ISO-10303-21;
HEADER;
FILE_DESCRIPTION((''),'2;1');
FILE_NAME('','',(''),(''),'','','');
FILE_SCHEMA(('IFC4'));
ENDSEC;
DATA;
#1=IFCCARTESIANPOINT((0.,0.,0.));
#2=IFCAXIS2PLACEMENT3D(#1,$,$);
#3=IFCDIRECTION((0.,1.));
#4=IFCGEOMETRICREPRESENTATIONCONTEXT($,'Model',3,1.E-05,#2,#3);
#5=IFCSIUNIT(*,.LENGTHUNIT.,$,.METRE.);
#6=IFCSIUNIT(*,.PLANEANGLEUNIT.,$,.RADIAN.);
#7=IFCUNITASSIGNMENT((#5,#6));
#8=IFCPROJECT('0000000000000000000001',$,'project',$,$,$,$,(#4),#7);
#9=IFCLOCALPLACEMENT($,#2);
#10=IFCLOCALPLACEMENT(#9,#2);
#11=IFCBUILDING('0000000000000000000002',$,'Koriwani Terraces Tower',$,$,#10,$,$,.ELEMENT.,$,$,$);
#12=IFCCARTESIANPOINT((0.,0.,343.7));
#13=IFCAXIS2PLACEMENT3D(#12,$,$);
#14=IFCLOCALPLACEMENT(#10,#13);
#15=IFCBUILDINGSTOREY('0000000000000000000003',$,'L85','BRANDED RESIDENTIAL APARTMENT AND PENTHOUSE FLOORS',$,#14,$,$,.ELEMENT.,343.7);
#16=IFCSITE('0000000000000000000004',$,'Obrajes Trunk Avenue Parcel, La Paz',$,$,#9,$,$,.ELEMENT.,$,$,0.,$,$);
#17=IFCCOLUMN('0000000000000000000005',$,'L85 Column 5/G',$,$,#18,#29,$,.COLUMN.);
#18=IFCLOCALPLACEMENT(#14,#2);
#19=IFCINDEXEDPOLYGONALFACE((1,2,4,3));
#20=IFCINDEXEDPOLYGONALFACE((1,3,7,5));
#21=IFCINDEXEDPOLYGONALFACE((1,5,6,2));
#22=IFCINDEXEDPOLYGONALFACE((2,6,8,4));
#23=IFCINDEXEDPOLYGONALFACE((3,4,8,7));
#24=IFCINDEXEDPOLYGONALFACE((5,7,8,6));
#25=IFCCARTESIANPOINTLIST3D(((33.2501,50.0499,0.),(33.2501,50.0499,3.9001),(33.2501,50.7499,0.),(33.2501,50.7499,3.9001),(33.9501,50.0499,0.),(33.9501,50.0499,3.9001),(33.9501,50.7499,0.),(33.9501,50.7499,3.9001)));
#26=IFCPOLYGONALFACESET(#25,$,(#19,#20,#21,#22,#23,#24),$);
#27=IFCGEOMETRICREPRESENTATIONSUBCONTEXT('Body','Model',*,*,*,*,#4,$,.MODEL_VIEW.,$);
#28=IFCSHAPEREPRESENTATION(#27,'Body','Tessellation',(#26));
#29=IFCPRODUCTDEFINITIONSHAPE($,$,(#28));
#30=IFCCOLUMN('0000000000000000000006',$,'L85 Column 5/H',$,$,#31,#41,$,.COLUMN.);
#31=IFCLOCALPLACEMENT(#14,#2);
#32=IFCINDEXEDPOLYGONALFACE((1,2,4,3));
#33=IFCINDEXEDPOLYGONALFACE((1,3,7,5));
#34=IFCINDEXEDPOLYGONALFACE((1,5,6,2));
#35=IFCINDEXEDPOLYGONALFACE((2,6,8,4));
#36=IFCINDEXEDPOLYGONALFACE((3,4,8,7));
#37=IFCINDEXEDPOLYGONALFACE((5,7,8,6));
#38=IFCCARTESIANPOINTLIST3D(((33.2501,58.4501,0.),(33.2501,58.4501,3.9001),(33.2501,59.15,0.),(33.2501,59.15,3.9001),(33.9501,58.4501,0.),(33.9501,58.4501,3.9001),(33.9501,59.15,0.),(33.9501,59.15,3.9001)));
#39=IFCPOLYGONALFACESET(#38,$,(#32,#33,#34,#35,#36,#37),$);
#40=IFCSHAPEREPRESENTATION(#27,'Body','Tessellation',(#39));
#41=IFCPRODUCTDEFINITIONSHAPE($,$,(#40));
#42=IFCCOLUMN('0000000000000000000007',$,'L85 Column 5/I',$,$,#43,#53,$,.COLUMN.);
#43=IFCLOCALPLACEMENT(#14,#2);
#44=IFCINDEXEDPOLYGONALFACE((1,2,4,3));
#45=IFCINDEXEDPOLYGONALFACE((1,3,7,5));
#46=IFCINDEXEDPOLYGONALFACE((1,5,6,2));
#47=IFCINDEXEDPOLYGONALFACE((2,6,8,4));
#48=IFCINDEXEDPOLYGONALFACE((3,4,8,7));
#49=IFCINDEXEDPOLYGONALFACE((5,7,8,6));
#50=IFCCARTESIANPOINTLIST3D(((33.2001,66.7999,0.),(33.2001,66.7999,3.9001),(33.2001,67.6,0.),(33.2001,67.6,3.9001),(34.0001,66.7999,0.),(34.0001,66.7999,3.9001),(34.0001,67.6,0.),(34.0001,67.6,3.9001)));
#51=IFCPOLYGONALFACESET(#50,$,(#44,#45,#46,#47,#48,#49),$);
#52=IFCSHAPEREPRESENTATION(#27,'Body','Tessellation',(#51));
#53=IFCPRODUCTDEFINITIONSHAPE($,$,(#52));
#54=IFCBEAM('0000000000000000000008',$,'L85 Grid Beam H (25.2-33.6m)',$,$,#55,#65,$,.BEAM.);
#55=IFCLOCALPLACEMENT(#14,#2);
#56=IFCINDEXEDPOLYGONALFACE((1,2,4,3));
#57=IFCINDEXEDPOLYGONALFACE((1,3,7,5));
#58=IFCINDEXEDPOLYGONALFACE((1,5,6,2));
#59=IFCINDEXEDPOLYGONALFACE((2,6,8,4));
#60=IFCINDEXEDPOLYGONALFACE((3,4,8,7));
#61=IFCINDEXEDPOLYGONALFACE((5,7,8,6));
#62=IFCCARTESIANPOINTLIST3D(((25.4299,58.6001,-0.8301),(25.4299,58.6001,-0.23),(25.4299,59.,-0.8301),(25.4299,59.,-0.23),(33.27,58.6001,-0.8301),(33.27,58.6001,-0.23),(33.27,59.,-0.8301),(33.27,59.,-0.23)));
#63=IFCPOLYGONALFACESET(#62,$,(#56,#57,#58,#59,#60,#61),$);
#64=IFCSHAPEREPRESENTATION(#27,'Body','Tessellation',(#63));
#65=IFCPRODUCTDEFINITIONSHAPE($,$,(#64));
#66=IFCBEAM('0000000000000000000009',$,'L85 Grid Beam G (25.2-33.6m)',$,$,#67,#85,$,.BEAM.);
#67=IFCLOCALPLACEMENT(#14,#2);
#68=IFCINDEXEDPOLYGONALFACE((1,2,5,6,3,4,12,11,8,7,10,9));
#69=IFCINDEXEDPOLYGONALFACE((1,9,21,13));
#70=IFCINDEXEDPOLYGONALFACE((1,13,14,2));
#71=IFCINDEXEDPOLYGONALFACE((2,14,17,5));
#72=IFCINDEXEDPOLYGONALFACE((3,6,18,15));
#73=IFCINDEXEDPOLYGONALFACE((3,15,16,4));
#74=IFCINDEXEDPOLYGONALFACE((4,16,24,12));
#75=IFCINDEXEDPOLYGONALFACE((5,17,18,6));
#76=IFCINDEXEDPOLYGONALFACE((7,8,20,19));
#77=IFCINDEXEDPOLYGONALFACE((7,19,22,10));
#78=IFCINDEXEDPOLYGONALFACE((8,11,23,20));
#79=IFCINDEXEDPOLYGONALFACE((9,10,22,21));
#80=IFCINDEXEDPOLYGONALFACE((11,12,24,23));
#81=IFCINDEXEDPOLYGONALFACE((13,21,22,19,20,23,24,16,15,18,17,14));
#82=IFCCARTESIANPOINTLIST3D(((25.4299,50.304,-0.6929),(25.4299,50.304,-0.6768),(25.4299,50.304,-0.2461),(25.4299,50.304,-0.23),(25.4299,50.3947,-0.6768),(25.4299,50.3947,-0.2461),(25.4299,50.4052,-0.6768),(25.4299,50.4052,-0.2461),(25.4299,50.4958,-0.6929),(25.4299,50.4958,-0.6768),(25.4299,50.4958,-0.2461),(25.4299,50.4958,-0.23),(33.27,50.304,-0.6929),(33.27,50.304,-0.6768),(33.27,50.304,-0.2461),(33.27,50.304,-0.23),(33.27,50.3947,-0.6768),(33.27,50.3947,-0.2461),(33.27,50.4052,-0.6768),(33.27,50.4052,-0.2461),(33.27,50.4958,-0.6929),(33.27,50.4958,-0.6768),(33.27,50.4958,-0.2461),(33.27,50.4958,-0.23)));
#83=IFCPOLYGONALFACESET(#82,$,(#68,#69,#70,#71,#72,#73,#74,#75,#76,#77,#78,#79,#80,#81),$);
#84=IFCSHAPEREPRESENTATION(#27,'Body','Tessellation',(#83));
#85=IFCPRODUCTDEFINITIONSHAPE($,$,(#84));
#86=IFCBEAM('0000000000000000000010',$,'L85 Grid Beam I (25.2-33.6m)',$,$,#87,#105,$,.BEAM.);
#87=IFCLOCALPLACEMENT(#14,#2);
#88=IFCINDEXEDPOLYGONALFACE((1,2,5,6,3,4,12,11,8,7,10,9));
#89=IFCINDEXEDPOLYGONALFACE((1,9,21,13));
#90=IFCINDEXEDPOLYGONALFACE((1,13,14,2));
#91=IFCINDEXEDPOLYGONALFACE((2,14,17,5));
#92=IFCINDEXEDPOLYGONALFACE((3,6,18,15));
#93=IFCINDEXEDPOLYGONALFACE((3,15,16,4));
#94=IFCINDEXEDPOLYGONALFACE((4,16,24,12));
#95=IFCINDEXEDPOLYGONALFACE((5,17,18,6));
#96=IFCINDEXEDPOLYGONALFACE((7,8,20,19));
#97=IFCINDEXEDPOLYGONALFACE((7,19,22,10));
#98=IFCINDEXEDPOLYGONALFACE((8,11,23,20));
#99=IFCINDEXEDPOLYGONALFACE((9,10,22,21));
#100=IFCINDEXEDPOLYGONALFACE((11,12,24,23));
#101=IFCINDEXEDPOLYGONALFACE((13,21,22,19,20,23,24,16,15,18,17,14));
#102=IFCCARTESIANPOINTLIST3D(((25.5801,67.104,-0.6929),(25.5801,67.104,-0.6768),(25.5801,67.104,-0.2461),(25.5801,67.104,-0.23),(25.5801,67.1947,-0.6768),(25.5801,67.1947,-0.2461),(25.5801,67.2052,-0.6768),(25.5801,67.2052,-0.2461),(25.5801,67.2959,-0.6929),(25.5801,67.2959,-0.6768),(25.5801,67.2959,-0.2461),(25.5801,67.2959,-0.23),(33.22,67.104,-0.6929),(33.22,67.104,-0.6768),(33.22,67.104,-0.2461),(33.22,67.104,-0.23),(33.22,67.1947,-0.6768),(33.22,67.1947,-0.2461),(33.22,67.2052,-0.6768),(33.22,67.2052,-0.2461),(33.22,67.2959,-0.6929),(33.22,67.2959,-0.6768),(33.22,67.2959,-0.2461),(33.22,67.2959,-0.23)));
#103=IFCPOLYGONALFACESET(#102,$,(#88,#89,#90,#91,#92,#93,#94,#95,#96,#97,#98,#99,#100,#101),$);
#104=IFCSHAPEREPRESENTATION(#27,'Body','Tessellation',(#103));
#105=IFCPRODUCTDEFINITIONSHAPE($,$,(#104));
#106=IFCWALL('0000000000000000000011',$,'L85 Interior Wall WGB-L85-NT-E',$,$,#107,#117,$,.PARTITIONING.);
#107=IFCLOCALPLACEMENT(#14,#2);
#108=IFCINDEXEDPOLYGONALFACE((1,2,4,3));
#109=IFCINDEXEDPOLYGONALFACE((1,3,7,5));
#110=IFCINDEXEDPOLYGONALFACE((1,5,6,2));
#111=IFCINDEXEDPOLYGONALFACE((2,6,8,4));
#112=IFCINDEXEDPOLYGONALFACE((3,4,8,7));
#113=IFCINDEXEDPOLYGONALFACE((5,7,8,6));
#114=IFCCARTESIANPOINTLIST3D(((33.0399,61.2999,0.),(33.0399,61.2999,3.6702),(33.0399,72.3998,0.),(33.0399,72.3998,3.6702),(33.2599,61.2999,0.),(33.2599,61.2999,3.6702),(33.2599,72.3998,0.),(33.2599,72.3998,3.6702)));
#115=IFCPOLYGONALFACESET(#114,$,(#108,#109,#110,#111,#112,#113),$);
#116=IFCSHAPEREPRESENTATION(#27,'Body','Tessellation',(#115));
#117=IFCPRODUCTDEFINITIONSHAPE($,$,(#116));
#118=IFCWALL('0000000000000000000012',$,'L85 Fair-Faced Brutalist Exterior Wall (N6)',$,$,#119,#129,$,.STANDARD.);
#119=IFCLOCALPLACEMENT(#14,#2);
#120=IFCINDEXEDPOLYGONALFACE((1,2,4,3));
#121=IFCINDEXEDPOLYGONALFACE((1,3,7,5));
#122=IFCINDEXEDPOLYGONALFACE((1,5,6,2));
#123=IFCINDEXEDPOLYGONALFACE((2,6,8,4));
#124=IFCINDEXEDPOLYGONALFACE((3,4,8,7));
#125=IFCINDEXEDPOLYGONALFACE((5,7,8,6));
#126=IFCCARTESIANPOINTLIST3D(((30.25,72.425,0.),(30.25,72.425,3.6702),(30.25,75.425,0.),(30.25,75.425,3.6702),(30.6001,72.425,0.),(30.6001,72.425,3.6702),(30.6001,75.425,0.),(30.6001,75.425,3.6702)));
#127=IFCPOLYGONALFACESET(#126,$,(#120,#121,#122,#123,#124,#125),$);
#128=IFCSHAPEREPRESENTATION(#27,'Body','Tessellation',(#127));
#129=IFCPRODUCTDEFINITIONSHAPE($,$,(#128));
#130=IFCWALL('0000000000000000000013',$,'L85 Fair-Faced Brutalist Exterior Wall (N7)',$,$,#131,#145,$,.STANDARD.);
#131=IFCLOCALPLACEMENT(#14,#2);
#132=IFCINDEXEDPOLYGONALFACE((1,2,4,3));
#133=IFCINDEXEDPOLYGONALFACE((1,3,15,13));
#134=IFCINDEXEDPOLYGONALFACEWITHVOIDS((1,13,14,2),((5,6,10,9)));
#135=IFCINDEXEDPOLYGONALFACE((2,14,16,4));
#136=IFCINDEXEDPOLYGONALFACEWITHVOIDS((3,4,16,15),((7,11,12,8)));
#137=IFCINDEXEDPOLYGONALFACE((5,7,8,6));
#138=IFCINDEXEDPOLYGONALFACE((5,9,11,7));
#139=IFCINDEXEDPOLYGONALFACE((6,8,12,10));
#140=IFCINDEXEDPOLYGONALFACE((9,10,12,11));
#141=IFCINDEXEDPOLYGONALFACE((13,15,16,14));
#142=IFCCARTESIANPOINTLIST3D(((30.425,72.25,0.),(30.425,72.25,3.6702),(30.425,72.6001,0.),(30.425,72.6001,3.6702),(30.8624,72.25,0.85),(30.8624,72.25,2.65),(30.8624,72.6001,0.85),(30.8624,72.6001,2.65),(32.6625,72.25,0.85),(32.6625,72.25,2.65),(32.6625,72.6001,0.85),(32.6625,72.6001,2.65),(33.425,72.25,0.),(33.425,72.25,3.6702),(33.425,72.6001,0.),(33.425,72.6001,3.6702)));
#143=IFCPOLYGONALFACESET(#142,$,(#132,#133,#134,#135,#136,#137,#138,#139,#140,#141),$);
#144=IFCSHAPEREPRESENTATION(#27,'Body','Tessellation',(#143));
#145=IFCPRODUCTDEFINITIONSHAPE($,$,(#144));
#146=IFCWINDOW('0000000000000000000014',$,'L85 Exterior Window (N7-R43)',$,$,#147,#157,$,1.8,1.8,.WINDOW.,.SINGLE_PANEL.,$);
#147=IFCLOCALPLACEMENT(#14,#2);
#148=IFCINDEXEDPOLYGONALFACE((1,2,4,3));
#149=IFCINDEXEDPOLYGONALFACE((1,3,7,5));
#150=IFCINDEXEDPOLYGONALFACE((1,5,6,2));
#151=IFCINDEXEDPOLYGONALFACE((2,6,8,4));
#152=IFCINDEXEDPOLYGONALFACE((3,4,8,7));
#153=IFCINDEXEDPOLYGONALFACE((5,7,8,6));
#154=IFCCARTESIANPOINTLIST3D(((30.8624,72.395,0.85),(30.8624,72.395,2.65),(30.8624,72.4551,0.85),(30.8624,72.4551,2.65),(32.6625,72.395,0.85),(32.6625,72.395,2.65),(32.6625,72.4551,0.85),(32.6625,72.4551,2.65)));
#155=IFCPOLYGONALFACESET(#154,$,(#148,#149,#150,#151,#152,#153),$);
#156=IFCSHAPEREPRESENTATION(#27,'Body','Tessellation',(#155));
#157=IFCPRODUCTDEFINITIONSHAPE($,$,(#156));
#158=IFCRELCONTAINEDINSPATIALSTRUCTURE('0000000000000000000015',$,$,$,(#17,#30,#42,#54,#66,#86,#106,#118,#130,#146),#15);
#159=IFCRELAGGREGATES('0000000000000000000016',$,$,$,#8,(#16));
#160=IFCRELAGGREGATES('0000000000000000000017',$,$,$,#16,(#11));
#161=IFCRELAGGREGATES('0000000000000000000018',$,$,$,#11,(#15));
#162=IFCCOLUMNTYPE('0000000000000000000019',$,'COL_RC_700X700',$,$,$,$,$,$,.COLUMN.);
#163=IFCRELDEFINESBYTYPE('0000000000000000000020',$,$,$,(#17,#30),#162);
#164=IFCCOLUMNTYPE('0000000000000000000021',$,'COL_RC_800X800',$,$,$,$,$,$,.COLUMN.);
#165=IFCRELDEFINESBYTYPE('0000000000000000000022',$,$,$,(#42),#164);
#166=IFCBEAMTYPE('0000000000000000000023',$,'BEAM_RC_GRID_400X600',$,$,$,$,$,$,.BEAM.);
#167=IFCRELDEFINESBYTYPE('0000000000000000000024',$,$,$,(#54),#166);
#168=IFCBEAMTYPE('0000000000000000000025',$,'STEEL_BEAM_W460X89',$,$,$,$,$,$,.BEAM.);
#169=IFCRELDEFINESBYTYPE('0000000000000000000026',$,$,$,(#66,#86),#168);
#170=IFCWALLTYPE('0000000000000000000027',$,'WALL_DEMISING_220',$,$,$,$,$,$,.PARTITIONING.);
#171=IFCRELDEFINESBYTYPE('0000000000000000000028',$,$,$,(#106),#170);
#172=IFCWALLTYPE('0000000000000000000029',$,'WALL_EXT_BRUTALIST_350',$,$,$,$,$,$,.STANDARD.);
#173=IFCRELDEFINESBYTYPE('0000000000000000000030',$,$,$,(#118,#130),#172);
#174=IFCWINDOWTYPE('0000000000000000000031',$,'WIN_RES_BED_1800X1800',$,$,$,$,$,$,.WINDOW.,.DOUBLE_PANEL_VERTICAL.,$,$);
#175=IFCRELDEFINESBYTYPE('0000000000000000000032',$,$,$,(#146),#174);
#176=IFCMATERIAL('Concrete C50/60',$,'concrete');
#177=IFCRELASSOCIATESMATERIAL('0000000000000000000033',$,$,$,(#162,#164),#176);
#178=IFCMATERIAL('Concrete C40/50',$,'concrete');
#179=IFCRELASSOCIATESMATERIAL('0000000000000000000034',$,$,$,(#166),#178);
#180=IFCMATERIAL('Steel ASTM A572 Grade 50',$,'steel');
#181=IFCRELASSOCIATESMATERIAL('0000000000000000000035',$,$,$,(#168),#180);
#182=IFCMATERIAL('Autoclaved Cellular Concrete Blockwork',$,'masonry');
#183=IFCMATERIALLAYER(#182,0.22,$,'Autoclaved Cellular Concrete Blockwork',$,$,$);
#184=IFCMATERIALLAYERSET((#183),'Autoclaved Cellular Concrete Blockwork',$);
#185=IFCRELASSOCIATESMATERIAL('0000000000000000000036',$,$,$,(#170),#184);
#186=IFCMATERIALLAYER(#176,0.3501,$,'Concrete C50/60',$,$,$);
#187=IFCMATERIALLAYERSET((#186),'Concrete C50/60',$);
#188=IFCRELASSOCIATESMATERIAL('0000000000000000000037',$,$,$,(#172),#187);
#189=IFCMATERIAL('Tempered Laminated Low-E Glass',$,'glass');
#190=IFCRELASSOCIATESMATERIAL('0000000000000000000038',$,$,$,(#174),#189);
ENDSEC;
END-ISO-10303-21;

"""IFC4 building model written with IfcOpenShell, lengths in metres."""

from ifc_helpers import new_model, si_unit, direction, frame, frame_2d, origin, origin_2d, place, context, subcontext, project, spatial, rectangle, i_section, extrude, material, layer, layer_set, material_profile, profile_set, type_object, element, fill, save


model = new_model("IFC4")

# Units and contexts
model_context = context("Model", 3, precision=1e-05, world=origin(), true_north=direction((0.0, 1.0)))
body_context = subcontext(model_context, "Body", "Model", "MODEL_VIEW")
ifc_project = project(units=[si_unit("LENGTHUNIT", "METRE"), si_unit("PLANEANGLEUNIT", "RADIAN")], contexts=[model_context])

# Site, building, storey
site_placement = place(None, origin())
site = spatial("IfcSite", under=ifc_project, at=site_placement, Name="Obrajes Trunk Avenue Parcel, La Paz", CompositionType="ELEMENT", RefElevation=0.0)
building_placement = place(site_placement, origin())
building = spatial("IfcBuilding", under=site, at=building_placement, Name="Koriwani Terraces Tower", CompositionType="ELEMENT")
storey_placement = place(building_placement, frame((0.0, 0.0, 343.7)))
storey = spatial("IfcBuildingStorey", under=building, at=storey_placement, Name="L85", Description="BRANDED RESIDENTIAL APARTMENT AND PENTHOUSE FLOORS", CompositionType="ELEMENT", Elevation=343.7)

# Columns
ifc_material_1 = material(Name="Concrete C50/60", Category="concrete")
ifc_material_profile_1 = material_profile(ifc_material_1, rectangle(XDim=0.7, YDim=0.7, at=origin_2d()), Name="Concrete C50/60", Category="LoadBearing")
ifc_profile_set_1 = profile_set([ifc_material_profile_1], Name="Concrete C50/60")
column_type_1 = type_object("IfcColumnType", Name="COL_RC_700X700", PredefinedType="COLUMN", material=ifc_profile_set_1)
for number, where, z_axis, x_axis, name in (
    (1, (33.6001, 50.3999, 0.0), (0.0, 0.0, 1.0), (1.0, 0.0, 0.0), "L85 Column 5/G"),
    (2, (33.6001, 58.8, 0.0), (0.0, 0.0, 1.0), (1.0, 0.0, 0.0), "L85 Column 5/H"),
):
    element("IfcColumn", number, at=place(storey_placement, frame(where, z_axis=z_axis, x_axis=x_axis)), inside=storey, type_object=column_type_1, Name=name, PredefinedType="COLUMN", context=body_context, shape_type="SweptSolid", body=[
        extrude(rectangle(XDim=0.7, YDim=0.7, at=origin_2d()), origin(), (0.0, 0.0, 1.0), 3.9001),
    ])
ifc_material_profile_2 = material_profile(ifc_material_1, rectangle(XDim=0.8, YDim=0.8, at=origin_2d()), Name="Concrete C50/60", Category="LoadBearing")
ifc_profile_set_2 = profile_set([ifc_material_profile_2], Name="Concrete C50/60")
column_type_2 = type_object("IfcColumnType", Name="COL_RC_800X800", PredefinedType="COLUMN", material=ifc_profile_set_2)
column_placement = place(storey_placement, frame((33.6001, 67.2, 0.0), z_axis=(0.0, 0.0, 1.0), x_axis=(1.0, 0.0, 0.0)))
element("IfcColumn", 3, at=column_placement, inside=storey, type_object=column_type_2, Name="L85 Column 5/I", PredefinedType="COLUMN", context=body_context, shape_type="SweptSolid", body=[
    extrude(rectangle(XDim=0.8, YDim=0.8, at=origin_2d()), origin(), (0.0, 0.0, 1.0), 3.9001),
])

# Beams
ifc_material_2 = material(Name="Concrete C40/50", Category="concrete")
ifc_material_profile_3 = material_profile(ifc_material_2, rectangle(XDim=0.3999, YDim=0.6001, at=origin_2d()), Name="Concrete C40/50", Category="LoadBearing")
ifc_profile_set_3 = profile_set([ifc_material_profile_3], Name="Concrete C40/50")
beam_type_1 = type_object("IfcBeamType", Name="BEAM_RC_GRID_400X600", PredefinedType="BEAM", material=ifc_profile_set_3)
beam_1_placement = place(storey_placement, frame((25.4299, 58.8, -0.53), z_axis=(1.0, 0.0, 0.0), x_axis=(0.0, 1.0, 0.0)))
element("IfcBeam", 4, at=beam_1_placement, inside=storey, type_object=beam_type_1, Name="L85 Grid Beam H (25.2-33.6m)", PredefinedType="BEAM", context=body_context, shape_type="SweptSolid", body=[
    extrude(rectangle(XDim=0.3999, YDim=0.6001, at=origin_2d()), origin(), (0.0, 0.0, 1.0), 7.8401),
])
ifc_material_3 = material(Name="Steel ASTM A572 Grade 50", Category="steel")
ifc_material_profile_4 = material_profile(ifc_material_3, i_section(OverallWidth=0.1919, OverallDepth=0.4629, WebThickness=0.0105, FlangeThickness=0.0161, at=origin_2d()), Name="Steel ASTM A572 Grade 50", Category="LoadBearing")
ifc_profile_set_4 = profile_set([ifc_material_profile_4], Name="Steel ASTM A572 Grade 50")
beam_type_2 = type_object("IfcBeamType", Name="STEEL_BEAM_W460X89", PredefinedType="BEAM", material=ifc_profile_set_4)
beam_2_placement = place(storey_placement, frame((25.4299, 50.3999, -0.4614), z_axis=(1.0, 0.0, 0.0), x_axis=(0.0, 1.0, 0.0)))
element("IfcBeam", 5, at=beam_2_placement, inside=storey, type_object=beam_type_2, Name="L85 Grid Beam G (25.2-33.6m)", PredefinedType="BEAM", context=body_context, shape_type="SweptSolid", body=[
    extrude(i_section(OverallWidth=0.1919, OverallDepth=0.4629, WebThickness=0.0105, FlangeThickness=0.0161, at=origin_2d()), origin(), (0.0, 0.0, 1.0), 7.8401),
])
beam_3_placement = place(storey_placement, frame((25.5801, 67.2, -0.4614), z_axis=(1.0, 0.0, 0.0), x_axis=(0.0, 1.0, 0.0)))
element("IfcBeam", 6, at=beam_3_placement, inside=storey, type_object=beam_type_2, Name="L85 Grid Beam I (25.2-33.6m)", PredefinedType="BEAM", context=body_context, shape_type="SweptSolid", body=[
    extrude(i_section(OverallWidth=0.1919, OverallDepth=0.4629, WebThickness=0.0105, FlangeThickness=0.0161, at=origin_2d()), origin(), (0.0, 0.0, 1.0), 7.6399),
])

# Walls
ifc_material_4 = material(Name="Autoclaved Cellular Concrete Blockwork", Category="masonry")
ifc_layer_1 = layer(ifc_material_4, 0.22, Name="Autoclaved Cellular Concrete Blockwork")
ifc_layer_set_1 = layer_set([ifc_layer_1], Name="Autoclaved Cellular Concrete Blockwork")
wall_type_1 = type_object("IfcWallType", Name="WALL_DEMISING_220", PredefinedType="PARTITIONING", material=ifc_layer_set_1)
wall_1_placement = place(storey_placement, frame((33.1499, 61.3, 0.0), z_axis=(0.0, 0.0, 1.0), x_axis=(0.0, 1.0, 0.0)))
element("IfcWall", 7, at=wall_1_placement, inside=storey, type_object=wall_type_1, Name="L85 Interior Wall WGB-L85-NT-E", PredefinedType="PARTITIONING", context=body_context, shape_type="SweptSolid", body=[
    extrude(rectangle(XDim=11.0999, YDim=0.22, at=frame_2d((5.5498, 0.0))), origin(), (0.0, 0.0, 1.0), 3.6702),
])
ifc_layer_2 = layer(ifc_material_1, 0.3501, Name="Concrete C50/60")
ifc_layer_set_2 = layer_set([ifc_layer_2], Name="Concrete C50/60")
wall_type_2 = type_object("IfcWallType", Name="WALL_EXT_BRUTALIST_350", PredefinedType="STANDARD", material=ifc_layer_set_2)
wall_2_placement = place(storey_placement, frame((30.425, 75.425, 0.0), z_axis=(0.0, 0.0, 1.0), x_axis=(0.0, -1.0, 0.0)))
element("IfcWall", 8, at=wall_2_placement, inside=storey, type_object=wall_type_2, Name="L85 Fair-Faced Brutalist Exterior Wall (N6)", PredefinedType="STANDARD", context=body_context, shape_type="SweptSolid", body=[
    extrude(rectangle(XDim=3.0, YDim=0.3501, at=frame_2d((1.5, 0.0))), origin(), (0.0, 0.0, 1.0), 3.6702),
])

# Wall, opening, window
wall_3_placement = place(storey_placement, frame((30.425, 72.425, 0.0), z_axis=(0.0, 0.0, 1.0), x_axis=(1.0, 0.0, 0.0)))
wall_3 = element("IfcWall", 9, at=wall_3_placement, inside=storey, type_object=wall_type_2, Name="L85 Fair-Faced Brutalist Exterior Wall (N7)", PredefinedType="STANDARD", context=body_context, shape_type="SweptSolid", body=[
    extrude(rectangle(XDim=3.0, YDim=0.3501, at=frame_2d((1.5, 0.0))), origin(), (0.0, 0.0, 1.0), 3.6702),
])
opening_1_placement = place(wall_3_placement, frame((0.4375, 0.0, 0.8501)))
opening_1 = element("IfcOpeningElement", 10, at=opening_1_placement, cuts=wall_3, PredefinedType="OPENING", context=body_context, shape_type="SweptSolid", body=[
    extrude(rectangle(XDim=1.8, YDim=1.8, at=frame_2d((0.8999, 0.8999))), frame((0.0, 0.1851, 0.0), z_axis=(0.0, -1.0, 0.0), x_axis=(1.0, 0.0, 0.0)), (0.0, 0.0, 1.0), 0.3701),
])
ifc_material_5 = material(Name="Tempered Laminated Low-E Glass", Category="glass")
window_type_1 = type_object("IfcWindowType", Name="WIN_RES_BED_1800X1800", PartitioningType="DOUBLE_PANEL_VERTICAL", PredefinedType="WINDOW", material=ifc_material_5)
window_1_placement = place(opening_1_placement, origin())
window_1 = element("IfcWindow", 11, at=window_1_placement, inside=storey, type_object=window_type_1, Name="L85 Exterior Window (N7-R43)", OverallHeight=1.8, OverallWidth=1.8, PartitioningType="SINGLE_PANEL", PredefinedType="WINDOW", context=body_context, shape_type="SweptSolid", body=[
    extrude(rectangle(XDim=1.8, YDim=1.8, at=frame_2d((0.8999, 0.8999))), frame((0.0, 0.03, 0.0), z_axis=(0.0, -1.0, 0.0), x_axis=(1.0, 0.0, 0.0)), (0.0, 0.0, 1.0), 0.0601),
])
fill(opening_1, window_1)

save(model, "model.ifc")
